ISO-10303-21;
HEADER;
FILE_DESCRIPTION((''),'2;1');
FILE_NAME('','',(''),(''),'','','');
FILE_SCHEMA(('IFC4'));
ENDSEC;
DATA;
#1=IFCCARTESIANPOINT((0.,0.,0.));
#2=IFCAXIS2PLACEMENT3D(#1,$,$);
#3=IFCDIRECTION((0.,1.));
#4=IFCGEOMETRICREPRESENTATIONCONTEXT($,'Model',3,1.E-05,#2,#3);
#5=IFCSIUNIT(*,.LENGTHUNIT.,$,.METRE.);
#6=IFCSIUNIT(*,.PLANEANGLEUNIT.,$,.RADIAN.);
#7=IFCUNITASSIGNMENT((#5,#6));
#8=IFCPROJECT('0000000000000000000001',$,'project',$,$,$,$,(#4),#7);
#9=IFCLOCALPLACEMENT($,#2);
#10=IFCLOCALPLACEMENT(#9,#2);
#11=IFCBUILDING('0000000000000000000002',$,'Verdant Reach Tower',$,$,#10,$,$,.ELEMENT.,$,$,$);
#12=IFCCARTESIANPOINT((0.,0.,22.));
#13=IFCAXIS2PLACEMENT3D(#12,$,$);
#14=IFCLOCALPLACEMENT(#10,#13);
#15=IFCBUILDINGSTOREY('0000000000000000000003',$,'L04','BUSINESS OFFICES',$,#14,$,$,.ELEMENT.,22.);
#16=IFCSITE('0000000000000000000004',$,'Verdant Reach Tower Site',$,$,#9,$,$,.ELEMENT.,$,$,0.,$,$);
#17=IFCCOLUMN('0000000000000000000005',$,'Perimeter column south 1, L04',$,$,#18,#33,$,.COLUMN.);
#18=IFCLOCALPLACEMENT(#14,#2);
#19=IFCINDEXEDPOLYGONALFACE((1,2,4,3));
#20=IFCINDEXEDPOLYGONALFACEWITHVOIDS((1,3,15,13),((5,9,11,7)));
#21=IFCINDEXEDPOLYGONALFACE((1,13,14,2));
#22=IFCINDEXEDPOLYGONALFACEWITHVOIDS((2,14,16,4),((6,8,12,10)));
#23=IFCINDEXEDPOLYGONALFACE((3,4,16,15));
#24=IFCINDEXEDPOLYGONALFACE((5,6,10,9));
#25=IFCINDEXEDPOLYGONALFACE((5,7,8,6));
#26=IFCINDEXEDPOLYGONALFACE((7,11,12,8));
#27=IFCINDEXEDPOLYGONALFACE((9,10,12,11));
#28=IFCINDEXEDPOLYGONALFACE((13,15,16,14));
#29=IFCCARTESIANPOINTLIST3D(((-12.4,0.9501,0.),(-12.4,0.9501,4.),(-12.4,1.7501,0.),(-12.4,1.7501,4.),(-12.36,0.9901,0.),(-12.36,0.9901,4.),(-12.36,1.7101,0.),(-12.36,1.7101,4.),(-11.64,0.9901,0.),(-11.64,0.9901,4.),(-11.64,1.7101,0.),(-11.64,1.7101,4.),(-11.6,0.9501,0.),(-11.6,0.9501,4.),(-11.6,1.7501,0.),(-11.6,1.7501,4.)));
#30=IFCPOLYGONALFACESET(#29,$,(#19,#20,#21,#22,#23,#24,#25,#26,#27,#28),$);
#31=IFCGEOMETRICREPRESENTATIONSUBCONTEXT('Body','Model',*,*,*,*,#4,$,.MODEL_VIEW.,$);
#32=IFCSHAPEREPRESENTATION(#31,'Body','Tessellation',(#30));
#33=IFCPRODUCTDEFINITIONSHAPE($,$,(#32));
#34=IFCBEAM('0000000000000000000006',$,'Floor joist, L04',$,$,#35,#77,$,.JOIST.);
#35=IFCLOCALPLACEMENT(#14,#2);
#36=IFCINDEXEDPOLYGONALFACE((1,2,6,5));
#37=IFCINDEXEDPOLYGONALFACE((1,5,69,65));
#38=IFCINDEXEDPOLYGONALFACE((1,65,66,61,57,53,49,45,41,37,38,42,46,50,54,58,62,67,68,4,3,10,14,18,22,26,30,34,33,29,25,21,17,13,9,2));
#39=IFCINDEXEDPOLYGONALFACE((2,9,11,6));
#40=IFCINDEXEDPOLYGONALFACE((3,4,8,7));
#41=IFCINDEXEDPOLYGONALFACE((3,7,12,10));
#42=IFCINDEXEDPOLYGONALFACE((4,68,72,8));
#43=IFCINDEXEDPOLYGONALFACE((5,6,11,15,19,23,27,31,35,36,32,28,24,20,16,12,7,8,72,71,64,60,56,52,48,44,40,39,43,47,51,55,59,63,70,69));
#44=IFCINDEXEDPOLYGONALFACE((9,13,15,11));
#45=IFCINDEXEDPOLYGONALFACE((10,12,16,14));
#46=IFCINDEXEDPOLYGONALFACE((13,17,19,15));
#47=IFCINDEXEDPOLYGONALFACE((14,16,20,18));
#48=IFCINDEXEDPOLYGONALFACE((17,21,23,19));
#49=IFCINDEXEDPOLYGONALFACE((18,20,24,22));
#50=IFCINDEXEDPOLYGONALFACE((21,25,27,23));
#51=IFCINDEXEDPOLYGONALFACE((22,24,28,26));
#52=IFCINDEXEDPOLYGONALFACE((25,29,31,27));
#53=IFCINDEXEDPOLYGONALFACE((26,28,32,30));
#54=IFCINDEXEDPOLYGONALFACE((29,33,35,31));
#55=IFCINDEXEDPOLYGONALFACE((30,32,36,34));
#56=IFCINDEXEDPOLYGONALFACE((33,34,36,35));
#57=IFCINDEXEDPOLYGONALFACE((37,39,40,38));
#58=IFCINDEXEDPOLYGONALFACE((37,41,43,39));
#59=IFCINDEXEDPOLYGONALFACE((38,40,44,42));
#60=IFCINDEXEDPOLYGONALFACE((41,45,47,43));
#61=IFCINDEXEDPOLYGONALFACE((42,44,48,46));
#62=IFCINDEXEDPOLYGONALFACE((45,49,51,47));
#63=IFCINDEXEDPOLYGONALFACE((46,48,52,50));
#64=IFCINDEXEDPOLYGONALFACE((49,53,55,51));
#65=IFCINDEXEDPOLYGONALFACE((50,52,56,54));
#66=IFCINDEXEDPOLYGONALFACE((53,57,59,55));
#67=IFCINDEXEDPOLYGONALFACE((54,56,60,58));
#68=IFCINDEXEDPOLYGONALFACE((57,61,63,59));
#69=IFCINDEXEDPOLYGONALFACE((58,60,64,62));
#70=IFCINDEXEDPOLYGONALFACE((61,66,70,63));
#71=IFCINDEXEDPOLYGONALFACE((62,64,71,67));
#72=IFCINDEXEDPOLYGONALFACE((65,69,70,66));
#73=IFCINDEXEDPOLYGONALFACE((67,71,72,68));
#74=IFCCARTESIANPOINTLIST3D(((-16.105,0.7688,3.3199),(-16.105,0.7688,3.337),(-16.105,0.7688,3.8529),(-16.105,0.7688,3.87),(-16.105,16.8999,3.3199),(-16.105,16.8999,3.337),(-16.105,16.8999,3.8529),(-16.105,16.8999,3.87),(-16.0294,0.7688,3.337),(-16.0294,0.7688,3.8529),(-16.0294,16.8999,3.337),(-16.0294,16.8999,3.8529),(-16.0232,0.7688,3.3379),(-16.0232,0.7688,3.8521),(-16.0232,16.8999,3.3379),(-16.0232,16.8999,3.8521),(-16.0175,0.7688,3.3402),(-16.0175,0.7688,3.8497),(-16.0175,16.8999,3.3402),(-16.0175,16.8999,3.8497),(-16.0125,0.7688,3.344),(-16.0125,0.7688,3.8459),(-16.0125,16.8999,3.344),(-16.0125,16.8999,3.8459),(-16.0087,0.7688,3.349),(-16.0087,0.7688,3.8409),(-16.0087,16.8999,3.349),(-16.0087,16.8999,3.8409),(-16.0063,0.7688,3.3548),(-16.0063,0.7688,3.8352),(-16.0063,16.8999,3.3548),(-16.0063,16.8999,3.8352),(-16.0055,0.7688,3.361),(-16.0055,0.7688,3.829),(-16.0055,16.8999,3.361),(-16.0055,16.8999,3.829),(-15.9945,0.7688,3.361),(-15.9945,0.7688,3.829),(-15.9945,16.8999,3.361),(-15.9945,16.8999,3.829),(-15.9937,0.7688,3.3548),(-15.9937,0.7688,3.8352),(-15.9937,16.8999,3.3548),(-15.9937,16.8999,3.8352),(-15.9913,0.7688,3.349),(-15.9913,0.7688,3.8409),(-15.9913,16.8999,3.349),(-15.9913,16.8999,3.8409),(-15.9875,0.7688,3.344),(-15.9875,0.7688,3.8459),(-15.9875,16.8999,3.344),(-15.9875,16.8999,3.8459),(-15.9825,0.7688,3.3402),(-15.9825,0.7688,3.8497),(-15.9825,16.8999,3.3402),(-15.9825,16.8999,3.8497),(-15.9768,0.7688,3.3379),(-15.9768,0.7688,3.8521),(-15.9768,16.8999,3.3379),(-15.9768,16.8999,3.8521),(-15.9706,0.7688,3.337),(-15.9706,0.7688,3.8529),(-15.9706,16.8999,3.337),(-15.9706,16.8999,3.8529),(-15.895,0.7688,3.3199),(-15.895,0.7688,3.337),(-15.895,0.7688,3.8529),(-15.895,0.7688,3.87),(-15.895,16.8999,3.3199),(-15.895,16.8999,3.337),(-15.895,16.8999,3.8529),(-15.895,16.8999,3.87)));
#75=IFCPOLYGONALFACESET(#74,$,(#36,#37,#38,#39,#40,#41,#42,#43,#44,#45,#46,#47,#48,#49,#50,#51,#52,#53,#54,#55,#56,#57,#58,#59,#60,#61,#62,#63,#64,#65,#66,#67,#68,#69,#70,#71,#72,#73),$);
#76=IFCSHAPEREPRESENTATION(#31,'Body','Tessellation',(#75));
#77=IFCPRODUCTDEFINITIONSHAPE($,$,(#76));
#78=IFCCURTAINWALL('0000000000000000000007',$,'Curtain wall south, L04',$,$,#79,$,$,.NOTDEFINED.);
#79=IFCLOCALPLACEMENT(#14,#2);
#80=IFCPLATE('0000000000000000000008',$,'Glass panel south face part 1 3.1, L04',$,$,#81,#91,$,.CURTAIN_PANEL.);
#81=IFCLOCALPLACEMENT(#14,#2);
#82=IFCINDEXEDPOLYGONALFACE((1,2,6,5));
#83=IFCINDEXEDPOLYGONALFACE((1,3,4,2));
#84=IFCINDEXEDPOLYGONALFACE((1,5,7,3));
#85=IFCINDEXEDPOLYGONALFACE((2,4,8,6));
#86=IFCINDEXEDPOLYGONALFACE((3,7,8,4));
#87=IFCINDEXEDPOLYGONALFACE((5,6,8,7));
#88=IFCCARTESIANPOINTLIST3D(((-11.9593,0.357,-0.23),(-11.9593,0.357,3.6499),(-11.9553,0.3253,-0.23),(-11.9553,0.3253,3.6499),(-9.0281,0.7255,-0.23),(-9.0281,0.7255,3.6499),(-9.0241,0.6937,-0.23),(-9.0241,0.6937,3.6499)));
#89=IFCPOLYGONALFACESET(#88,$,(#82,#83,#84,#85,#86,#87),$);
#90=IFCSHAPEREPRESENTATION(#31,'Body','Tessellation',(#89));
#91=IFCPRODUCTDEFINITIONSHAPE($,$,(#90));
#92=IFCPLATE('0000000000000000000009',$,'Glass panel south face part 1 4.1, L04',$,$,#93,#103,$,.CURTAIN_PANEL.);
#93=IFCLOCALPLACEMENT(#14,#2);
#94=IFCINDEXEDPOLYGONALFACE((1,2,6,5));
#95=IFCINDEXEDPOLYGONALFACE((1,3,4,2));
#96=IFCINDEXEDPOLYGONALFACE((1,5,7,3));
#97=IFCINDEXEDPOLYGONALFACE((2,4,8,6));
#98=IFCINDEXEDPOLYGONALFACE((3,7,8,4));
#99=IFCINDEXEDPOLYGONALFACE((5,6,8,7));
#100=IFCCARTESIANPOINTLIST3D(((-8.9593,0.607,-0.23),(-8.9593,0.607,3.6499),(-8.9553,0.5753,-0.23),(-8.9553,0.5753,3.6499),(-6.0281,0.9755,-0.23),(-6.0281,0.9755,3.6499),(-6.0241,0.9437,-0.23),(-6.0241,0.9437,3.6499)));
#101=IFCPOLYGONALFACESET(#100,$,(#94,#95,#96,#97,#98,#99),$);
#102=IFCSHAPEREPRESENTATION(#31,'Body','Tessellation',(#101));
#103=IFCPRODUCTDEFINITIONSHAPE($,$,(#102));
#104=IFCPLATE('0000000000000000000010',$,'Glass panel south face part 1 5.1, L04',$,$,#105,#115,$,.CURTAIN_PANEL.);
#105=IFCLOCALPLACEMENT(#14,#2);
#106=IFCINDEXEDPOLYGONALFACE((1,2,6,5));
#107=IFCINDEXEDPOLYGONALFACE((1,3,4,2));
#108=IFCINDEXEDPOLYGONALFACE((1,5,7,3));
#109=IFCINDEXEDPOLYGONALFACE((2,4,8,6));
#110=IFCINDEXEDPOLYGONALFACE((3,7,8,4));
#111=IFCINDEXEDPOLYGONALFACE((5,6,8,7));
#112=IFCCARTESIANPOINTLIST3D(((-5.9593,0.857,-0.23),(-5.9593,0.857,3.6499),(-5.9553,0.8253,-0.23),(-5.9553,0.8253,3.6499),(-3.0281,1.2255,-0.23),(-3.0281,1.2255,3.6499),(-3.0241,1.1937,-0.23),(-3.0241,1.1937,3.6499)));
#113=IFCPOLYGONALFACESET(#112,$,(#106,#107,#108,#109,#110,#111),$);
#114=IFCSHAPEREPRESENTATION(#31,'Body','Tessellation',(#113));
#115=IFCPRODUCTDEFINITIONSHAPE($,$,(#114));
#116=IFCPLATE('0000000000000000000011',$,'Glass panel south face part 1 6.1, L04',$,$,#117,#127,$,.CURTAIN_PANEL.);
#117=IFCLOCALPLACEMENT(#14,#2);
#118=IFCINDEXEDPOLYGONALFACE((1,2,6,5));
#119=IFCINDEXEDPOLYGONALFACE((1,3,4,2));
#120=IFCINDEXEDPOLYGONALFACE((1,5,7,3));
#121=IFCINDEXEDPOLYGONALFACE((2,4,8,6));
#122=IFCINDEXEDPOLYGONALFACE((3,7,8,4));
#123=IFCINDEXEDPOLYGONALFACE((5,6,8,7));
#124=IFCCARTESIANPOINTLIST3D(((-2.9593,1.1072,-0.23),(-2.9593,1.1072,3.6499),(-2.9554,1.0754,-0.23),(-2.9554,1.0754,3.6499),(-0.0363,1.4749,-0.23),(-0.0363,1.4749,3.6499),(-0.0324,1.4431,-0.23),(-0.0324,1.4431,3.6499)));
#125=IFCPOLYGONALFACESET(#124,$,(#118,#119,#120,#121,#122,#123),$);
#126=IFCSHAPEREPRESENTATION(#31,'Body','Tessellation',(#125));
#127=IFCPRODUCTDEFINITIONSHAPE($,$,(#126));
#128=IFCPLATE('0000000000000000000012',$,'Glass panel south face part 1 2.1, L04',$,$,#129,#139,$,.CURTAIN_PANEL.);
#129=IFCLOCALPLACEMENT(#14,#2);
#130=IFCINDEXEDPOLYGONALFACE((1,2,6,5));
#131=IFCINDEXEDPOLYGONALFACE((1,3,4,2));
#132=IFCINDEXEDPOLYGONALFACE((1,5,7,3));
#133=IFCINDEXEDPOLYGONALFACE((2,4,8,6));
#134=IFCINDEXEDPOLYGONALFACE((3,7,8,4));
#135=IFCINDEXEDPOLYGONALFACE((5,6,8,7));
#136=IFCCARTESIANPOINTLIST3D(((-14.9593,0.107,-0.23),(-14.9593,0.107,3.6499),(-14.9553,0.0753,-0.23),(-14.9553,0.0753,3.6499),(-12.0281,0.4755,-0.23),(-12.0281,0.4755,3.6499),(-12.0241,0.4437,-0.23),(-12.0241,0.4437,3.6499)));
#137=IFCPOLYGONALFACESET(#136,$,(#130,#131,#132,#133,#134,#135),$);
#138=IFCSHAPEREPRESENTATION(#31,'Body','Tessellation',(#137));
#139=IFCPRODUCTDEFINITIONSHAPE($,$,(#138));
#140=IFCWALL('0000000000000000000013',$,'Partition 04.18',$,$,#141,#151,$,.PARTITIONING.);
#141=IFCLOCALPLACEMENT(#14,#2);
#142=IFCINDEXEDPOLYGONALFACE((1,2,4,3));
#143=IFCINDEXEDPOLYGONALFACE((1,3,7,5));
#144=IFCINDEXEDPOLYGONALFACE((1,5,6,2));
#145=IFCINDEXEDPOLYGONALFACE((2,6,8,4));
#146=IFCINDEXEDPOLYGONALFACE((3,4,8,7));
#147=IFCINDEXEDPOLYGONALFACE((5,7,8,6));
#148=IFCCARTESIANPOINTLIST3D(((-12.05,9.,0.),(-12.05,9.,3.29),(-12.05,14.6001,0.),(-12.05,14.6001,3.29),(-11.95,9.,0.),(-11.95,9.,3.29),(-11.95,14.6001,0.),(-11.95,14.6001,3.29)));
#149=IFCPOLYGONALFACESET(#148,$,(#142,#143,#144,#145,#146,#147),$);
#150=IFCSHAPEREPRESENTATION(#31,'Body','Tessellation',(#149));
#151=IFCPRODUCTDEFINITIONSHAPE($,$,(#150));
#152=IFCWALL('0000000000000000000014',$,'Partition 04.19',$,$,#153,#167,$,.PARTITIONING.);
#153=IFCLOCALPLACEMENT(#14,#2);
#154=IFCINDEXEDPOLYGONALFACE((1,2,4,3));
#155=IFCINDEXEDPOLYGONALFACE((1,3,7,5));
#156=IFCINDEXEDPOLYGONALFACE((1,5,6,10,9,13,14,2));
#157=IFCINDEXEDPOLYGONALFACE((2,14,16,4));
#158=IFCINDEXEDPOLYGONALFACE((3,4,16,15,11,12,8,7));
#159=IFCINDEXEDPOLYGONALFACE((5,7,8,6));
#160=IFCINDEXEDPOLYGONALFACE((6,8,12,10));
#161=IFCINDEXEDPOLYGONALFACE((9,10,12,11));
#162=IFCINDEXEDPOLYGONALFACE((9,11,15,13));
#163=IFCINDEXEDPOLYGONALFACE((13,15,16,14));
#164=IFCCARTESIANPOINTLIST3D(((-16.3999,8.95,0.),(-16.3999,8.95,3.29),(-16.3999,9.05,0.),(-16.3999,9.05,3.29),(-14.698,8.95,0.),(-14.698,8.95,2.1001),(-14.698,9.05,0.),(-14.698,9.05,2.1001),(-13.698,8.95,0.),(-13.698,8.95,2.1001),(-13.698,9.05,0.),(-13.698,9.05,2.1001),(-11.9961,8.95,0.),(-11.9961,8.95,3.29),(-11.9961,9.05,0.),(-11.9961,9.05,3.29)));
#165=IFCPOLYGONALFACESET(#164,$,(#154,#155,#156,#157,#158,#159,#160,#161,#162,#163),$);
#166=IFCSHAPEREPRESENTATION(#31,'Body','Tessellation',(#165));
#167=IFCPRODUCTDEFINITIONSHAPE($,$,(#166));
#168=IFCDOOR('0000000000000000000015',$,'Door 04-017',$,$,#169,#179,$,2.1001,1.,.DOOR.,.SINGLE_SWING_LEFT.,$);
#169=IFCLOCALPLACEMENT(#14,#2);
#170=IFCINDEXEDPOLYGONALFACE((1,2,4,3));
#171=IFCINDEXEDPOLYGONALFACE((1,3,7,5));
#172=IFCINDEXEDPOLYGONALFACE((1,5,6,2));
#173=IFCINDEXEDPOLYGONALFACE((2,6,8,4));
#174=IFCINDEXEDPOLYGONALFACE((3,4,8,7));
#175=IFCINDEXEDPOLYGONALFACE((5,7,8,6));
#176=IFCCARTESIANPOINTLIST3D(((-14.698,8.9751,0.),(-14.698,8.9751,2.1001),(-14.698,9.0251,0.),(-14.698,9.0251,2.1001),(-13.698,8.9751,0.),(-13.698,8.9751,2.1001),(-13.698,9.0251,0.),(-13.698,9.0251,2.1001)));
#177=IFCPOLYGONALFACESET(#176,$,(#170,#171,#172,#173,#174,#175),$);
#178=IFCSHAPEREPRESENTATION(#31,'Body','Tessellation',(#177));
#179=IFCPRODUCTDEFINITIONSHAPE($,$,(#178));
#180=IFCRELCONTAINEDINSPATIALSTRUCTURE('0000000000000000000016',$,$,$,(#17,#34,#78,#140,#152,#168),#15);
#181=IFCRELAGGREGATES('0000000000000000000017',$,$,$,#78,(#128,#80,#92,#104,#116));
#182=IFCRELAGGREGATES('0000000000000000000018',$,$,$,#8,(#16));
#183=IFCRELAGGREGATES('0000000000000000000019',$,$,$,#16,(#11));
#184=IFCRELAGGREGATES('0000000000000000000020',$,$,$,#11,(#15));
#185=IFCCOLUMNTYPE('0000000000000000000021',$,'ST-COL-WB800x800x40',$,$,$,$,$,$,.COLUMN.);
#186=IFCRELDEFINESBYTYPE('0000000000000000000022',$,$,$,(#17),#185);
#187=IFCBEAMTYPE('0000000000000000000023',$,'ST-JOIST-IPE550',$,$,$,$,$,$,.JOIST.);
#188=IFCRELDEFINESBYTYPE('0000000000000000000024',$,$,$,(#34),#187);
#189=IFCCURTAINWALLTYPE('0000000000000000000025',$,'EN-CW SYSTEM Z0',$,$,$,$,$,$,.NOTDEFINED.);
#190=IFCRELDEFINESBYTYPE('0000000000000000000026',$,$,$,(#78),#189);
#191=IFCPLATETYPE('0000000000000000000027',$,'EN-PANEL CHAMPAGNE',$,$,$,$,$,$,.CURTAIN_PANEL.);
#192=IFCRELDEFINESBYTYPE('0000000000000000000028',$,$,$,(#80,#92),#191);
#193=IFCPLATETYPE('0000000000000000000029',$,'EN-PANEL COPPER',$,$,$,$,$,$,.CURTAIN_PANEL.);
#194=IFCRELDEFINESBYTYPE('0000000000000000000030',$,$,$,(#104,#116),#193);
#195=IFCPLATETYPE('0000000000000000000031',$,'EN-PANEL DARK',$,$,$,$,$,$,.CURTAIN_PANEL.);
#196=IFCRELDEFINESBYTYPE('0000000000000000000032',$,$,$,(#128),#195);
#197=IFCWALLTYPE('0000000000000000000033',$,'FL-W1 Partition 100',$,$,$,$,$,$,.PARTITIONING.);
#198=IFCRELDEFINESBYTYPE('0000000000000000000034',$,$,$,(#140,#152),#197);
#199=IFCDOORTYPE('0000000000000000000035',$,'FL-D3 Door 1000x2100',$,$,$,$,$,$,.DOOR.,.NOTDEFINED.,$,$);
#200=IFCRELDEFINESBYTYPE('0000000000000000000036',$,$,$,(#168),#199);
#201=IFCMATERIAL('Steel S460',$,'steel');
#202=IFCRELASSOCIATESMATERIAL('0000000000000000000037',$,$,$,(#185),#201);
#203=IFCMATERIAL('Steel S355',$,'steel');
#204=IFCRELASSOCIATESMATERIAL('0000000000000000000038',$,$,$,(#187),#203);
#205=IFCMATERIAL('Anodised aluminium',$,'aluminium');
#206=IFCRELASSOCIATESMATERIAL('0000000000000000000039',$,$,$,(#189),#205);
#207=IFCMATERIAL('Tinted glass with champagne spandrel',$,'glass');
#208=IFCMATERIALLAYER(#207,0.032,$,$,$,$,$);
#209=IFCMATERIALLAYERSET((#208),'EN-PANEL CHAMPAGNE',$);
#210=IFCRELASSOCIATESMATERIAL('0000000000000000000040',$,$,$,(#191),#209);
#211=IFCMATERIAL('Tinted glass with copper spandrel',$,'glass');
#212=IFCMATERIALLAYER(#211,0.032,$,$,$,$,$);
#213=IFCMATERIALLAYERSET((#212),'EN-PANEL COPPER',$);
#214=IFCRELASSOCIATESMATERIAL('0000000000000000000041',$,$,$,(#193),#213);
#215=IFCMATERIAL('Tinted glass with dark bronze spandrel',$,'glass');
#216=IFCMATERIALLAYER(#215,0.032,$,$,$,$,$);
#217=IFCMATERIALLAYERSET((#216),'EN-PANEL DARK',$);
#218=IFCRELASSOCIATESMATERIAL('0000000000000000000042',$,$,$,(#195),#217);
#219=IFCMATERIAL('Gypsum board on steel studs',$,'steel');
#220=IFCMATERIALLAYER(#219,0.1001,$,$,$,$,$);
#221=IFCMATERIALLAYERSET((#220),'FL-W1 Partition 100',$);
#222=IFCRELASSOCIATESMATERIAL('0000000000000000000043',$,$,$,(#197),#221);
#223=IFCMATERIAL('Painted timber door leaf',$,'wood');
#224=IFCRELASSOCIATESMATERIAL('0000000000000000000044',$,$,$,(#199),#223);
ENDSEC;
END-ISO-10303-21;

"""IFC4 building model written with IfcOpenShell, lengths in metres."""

from ifc_helpers import new_model, si_unit, direction, frame, frame_2d, origin, origin_2d, place, context, subcontext, project, spatial, rectangle, hollow_rectangle, i_section, extrude, material, layer, layer_set, material_profile, profile_set, type_object, element, fill, aggregate, save


model = new_model("IFC4")

# Units and contexts
model_context = context("Model", 3, precision=1e-05, world=origin(), true_north=direction((0.0, 1.0)))
body_context = subcontext(model_context, "Body", "Model", "MODEL_VIEW")
ifc_project = project(units=[si_unit("LENGTHUNIT", "METRE"), si_unit("PLANEANGLEUNIT", "RADIAN")], contexts=[model_context])

# Site, building, storey
site_placement = place(None, origin())
site = spatial("IfcSite", under=ifc_project, at=site_placement, Name="Verdant Reach Tower Site", CompositionType="ELEMENT", RefElevation=0.0)
building_placement = place(site_placement, origin())
building = spatial("IfcBuilding", under=site, at=building_placement, Name="Verdant Reach Tower", CompositionType="ELEMENT")
storey_placement = place(building_placement, frame((0.0, 0.0, 22.0)))
storey = spatial("IfcBuildingStorey", under=building, at=storey_placement, Name="L04", Description="BUSINESS OFFICES", CompositionType="ELEMENT", Elevation=22.0)

# Column
ifc_material_1 = material(Name="Steel S460", Category="steel")
ifc_material_profile_1 = material_profile(ifc_material_1, hollow_rectangle(XDim=0.8, YDim=0.8, WallThickness=0.04, at=origin_2d()), Name="WB 800x800x40")
ifc_profile_set_1 = profile_set([ifc_material_profile_1], Name="Steel S460")
column_type = type_object("IfcColumnType", Name="ST-COL-WB800x800x40", PredefinedType="COLUMN", material=ifc_profile_set_1)
column_placement = place(storey_placement, frame((-12.0, 1.3501, 0.0), z_axis=(0.0, 0.0, 1.0), x_axis=(1.0, 0.0, 0.0)))
element("IfcColumn", 1, at=column_placement, inside=storey, type_object=column_type, Name="Perimeter column south 1, L04", PredefinedType="COLUMN", context=body_context, shape_type="SweptSolid", body=[
    extrude(hollow_rectangle(XDim=0.8, YDim=0.8, WallThickness=0.04, at=origin_2d()), origin(), (0.0, 0.0, 1.0), 4.0),
])

# Beam
ifc_material_2 = material(Name="Steel S355", Category="steel")
ifc_material_profile_2 = material_profile(ifc_material_2, i_section(OverallWidth=0.21, OverallDepth=0.55, WebThickness=0.011, FlangeThickness=0.0171, FilletRadius=0.0239, at=origin_2d()), Name="IPE 550")
ifc_profile_set_2 = profile_set([ifc_material_profile_2], Name="Steel S355")
beam_type = type_object("IfcBeamType", Name="ST-JOIST-IPE550", PredefinedType="JOIST", material=ifc_profile_set_2)
beam_placement = place(storey_placement, frame((-16.0, 16.8999, 3.595), z_axis=(0.0, -1.0, 0.0), x_axis=(1.0, 0.0, 0.0)))
element("IfcBeam", 2, at=beam_placement, inside=storey, type_object=beam_type, Name="Floor joist, L04", PredefinedType="JOIST", context=body_context, shape_type="SweptSolid", body=[
    extrude(i_section(OverallWidth=0.21, OverallDepth=0.55, WebThickness=0.011, FlangeThickness=0.0171, FilletRadius=0.0239, at=origin_2d()), origin(), (0.0, 0.0, 1.0), 16.1311),
])

# Curtain wall, plates
ifc_material_3 = material(Name="Anodised aluminium", Category="aluminium")
curtain_wall_type = type_object("IfcCurtainWallType", Name="EN-CW SYSTEM Z0", PredefinedType="NOTDEFINED", material=ifc_material_3)
curtain_wall_placement = place(storey_placement, origin())
curtain_wall = element("IfcCurtainWall", 3, at=curtain_wall_placement, inside=storey, type_object=curtain_wall_type, Name="Curtain wall south, L04", PredefinedType="NOTDEFINED")
ifc_material_4 = material(Name="Tinted glass with champagne spandrel", Category="glass")
ifc_layer_1 = layer(ifc_material_4, 0.032)
ifc_layer_set_1 = layer_set([ifc_layer_1], Name="EN-PANEL CHAMPAGNE")
plate_type_1 = type_object("IfcPlateType", Name="EN-PANEL CHAMPAGNE", PredefinedType="CURTAIN_PANEL", material=ifc_layer_set_1)
plate_1_placement = place(storey_placement, frame((-10.4917, 0.5254, -0.23), z_axis=(0.0, 0.0, 1.0), x_axis=(0.992194, 0.124704, 0.0)))
plate_1 = element("IfcPlate", 4, at=plate_1_placement, type_object=plate_type_1, Name="Glass panel south face part 1 3.1, L04", PredefinedType="CURTAIN_PANEL", context=body_context, shape_type="SweptSolid", body=[
    extrude(rectangle(XDim=2.9543, YDim=0.032, at=origin_2d()), origin(), (0.0, 0.0, 1.0), 3.8799),
])
plate_2_placement = place(storey_placement, frame((-7.4917, 0.7754, -0.23), z_axis=(0.0, 0.0, 1.0), x_axis=(0.992194, 0.124704, 0.0)))
plate_2 = element("IfcPlate", 5, at=plate_2_placement, type_object=plate_type_1, Name="Glass panel south face part 1 4.1, L04", PredefinedType="CURTAIN_PANEL", context=body_context, shape_type="SweptSolid", body=[
    extrude(rectangle(XDim=2.9543, YDim=0.032, at=origin_2d()), origin(), (0.0, 0.0, 1.0), 3.8799),
])
ifc_material_5 = material(Name="Tinted glass with copper spandrel", Category="glass")
ifc_layer_2 = layer(ifc_material_5, 0.032)
ifc_layer_set_2 = layer_set([ifc_layer_2], Name="EN-PANEL COPPER")
plate_type_2 = type_object("IfcPlateType", Name="EN-PANEL COPPER", PredefinedType="CURTAIN_PANEL", material=ifc_layer_set_2)
plate_3_placement = place(storey_placement, frame((-4.4917, 1.0254, -0.23), z_axis=(0.0, 0.0, 1.0), x_axis=(0.992194, 0.124704, 0.0)))
plate_3 = element("IfcPlate", 6, at=plate_3_placement, type_object=plate_type_2, Name="Glass panel south face part 1 5.1, L04", PredefinedType="CURTAIN_PANEL", context=body_context, shape_type="SweptSolid", body=[
    extrude(rectangle(XDim=2.9543, YDim=0.032, at=origin_2d()), origin(), (0.0, 0.0, 1.0), 3.8799),
])
plate_4_placement = place(storey_placement, frame((-1.4958, 1.2751, -0.23), z_axis=(0.0, 0.0, 1.0), x_axis=(0.99218, 0.124818, 0.0)))
plate_4 = element("IfcPlate", 7, at=plate_4_placement, type_object=plate_type_2, Name="Glass panel south face part 1 6.1, L04", PredefinedType="CURTAIN_PANEL", context=body_context, shape_type="SweptSolid", body=[
    extrude(rectangle(XDim=2.946, YDim=0.032, at=origin_2d()), origin(), (0.0, 0.0, 1.0), 3.8799),
])
ifc_material_6 = material(Name="Tinted glass with dark bronze spandrel", Category="glass")
ifc_layer_3 = layer(ifc_material_6, 0.032)
ifc_layer_set_3 = layer_set([ifc_layer_3], Name="EN-PANEL DARK")
plate_type_3 = type_object("IfcPlateType", Name="EN-PANEL DARK", PredefinedType="CURTAIN_PANEL", material=ifc_layer_set_3)
plate_5_placement = place(storey_placement, frame((-13.4917, 0.2754, -0.23), z_axis=(0.0, 0.0, 1.0), x_axis=(0.992194, 0.124704, 0.0)))
plate_5 = element("IfcPlate", 8, at=plate_5_placement, type_object=plate_type_3, Name="Glass panel south face part 1 2.1, L04", PredefinedType="CURTAIN_PANEL", context=body_context, shape_type="SweptSolid", body=[
    extrude(rectangle(XDim=2.9543, YDim=0.032, at=origin_2d()), origin(), (0.0, 0.0, 1.0), 3.8799),
])
aggregate(curtain_wall, [plate_5, plate_1, plate_2, plate_3, plate_4])

# Wall
ifc_material_7 = material(Name="Gypsum board on steel studs", Category="steel")
ifc_layer_4 = layer(ifc_material_7, 0.1001)
ifc_layer_set_4 = layer_set([ifc_layer_4], Name="FL-W1 Partition 100")
wall_type_1 = type_object("IfcWallType", Name="FL-W1 Partition 100", PredefinedType="PARTITIONING", material=ifc_layer_set_4)
wall_1_placement = place(storey_placement, frame((-12.0, 9.0, 0.0), z_axis=(0.0, 0.0, 1.0), x_axis=(0.0, 1.0, 0.0)))
element("IfcWall", 9, at=wall_1_placement, inside=storey, type_object=wall_type_1, Name="Partition 04.18", PredefinedType="PARTITIONING", context=body_context, shape_type="SweptSolid", body=[
    extrude(rectangle(XDim=5.6001, YDim=0.1001, at=frame_2d((2.8, 0.0))), origin(), (0.0, 0.0, 1.0), 3.29),
])

# Wall, opening, door
wall_2_placement = place(storey_placement, frame((-11.9961, 9.0, 0.0), z_axis=(0.0, 0.0, 1.0), x_axis=(-1.0, 0.0, 0.0)))
wall_2 = element("IfcWall", 10, at=wall_2_placement, inside=storey, type_object=wall_type_1, Name="Partition 04.19", PredefinedType="PARTITIONING", context=body_context, shape_type="SweptSolid", body=[
    extrude(rectangle(XDim=4.4038, YDim=0.1001, at=frame_2d((2.2019, 0.0))), origin(), (0.0, 0.0, 1.0), 3.29),
])
opening_1_placement = place(wall_2_placement, frame((1.7019, 0.0, 0.0)))
opening_1 = element("IfcOpeningElement", 11, at=opening_1_placement, cuts=wall_2, PredefinedType="OPENING", context=body_context, shape_type="SweptSolid", body=[
    extrude(rectangle(XDim=1.0, YDim=2.1001, at=frame_2d((0.5, 1.05))), frame((0.0, 0.0601, 0.0), z_axis=(0.0, -1.0, 0.0), x_axis=(1.0, 0.0, 0.0)), (0.0, 0.0, 1.0), 0.1201),
])
ifc_material_8 = material(Name="Painted timber door leaf", Category="wood")
door_type_1 = type_object("IfcDoorType", Name="FL-D3 Door 1000x2100", OperationType="NOTDEFINED", PredefinedType="DOOR", material=ifc_material_8)
door_1_placement = place(opening_1_placement, origin())
door_1 = element("IfcDoor", 12, at=door_1_placement, inside=storey, type_object=door_type_1, Name="Door 04-017", OperationType="SINGLE_SWING_LEFT", OverallHeight=2.1001, OverallWidth=1.0, PredefinedType="DOOR", context=body_context, shape_type="SweptSolid", body=[
    extrude(rectangle(XDim=1.0, YDim=2.1001, at=frame_2d((0.5, 1.05))), frame((0.0, 0.0249, 0.0), z_axis=(0.0, -1.0, 0.0), x_axis=(1.0, 0.0, 0.0)), (0.0, 0.0, 1.0), 0.05),
])
fill(opening_1, door_1)

save(model, "model.ifc")
